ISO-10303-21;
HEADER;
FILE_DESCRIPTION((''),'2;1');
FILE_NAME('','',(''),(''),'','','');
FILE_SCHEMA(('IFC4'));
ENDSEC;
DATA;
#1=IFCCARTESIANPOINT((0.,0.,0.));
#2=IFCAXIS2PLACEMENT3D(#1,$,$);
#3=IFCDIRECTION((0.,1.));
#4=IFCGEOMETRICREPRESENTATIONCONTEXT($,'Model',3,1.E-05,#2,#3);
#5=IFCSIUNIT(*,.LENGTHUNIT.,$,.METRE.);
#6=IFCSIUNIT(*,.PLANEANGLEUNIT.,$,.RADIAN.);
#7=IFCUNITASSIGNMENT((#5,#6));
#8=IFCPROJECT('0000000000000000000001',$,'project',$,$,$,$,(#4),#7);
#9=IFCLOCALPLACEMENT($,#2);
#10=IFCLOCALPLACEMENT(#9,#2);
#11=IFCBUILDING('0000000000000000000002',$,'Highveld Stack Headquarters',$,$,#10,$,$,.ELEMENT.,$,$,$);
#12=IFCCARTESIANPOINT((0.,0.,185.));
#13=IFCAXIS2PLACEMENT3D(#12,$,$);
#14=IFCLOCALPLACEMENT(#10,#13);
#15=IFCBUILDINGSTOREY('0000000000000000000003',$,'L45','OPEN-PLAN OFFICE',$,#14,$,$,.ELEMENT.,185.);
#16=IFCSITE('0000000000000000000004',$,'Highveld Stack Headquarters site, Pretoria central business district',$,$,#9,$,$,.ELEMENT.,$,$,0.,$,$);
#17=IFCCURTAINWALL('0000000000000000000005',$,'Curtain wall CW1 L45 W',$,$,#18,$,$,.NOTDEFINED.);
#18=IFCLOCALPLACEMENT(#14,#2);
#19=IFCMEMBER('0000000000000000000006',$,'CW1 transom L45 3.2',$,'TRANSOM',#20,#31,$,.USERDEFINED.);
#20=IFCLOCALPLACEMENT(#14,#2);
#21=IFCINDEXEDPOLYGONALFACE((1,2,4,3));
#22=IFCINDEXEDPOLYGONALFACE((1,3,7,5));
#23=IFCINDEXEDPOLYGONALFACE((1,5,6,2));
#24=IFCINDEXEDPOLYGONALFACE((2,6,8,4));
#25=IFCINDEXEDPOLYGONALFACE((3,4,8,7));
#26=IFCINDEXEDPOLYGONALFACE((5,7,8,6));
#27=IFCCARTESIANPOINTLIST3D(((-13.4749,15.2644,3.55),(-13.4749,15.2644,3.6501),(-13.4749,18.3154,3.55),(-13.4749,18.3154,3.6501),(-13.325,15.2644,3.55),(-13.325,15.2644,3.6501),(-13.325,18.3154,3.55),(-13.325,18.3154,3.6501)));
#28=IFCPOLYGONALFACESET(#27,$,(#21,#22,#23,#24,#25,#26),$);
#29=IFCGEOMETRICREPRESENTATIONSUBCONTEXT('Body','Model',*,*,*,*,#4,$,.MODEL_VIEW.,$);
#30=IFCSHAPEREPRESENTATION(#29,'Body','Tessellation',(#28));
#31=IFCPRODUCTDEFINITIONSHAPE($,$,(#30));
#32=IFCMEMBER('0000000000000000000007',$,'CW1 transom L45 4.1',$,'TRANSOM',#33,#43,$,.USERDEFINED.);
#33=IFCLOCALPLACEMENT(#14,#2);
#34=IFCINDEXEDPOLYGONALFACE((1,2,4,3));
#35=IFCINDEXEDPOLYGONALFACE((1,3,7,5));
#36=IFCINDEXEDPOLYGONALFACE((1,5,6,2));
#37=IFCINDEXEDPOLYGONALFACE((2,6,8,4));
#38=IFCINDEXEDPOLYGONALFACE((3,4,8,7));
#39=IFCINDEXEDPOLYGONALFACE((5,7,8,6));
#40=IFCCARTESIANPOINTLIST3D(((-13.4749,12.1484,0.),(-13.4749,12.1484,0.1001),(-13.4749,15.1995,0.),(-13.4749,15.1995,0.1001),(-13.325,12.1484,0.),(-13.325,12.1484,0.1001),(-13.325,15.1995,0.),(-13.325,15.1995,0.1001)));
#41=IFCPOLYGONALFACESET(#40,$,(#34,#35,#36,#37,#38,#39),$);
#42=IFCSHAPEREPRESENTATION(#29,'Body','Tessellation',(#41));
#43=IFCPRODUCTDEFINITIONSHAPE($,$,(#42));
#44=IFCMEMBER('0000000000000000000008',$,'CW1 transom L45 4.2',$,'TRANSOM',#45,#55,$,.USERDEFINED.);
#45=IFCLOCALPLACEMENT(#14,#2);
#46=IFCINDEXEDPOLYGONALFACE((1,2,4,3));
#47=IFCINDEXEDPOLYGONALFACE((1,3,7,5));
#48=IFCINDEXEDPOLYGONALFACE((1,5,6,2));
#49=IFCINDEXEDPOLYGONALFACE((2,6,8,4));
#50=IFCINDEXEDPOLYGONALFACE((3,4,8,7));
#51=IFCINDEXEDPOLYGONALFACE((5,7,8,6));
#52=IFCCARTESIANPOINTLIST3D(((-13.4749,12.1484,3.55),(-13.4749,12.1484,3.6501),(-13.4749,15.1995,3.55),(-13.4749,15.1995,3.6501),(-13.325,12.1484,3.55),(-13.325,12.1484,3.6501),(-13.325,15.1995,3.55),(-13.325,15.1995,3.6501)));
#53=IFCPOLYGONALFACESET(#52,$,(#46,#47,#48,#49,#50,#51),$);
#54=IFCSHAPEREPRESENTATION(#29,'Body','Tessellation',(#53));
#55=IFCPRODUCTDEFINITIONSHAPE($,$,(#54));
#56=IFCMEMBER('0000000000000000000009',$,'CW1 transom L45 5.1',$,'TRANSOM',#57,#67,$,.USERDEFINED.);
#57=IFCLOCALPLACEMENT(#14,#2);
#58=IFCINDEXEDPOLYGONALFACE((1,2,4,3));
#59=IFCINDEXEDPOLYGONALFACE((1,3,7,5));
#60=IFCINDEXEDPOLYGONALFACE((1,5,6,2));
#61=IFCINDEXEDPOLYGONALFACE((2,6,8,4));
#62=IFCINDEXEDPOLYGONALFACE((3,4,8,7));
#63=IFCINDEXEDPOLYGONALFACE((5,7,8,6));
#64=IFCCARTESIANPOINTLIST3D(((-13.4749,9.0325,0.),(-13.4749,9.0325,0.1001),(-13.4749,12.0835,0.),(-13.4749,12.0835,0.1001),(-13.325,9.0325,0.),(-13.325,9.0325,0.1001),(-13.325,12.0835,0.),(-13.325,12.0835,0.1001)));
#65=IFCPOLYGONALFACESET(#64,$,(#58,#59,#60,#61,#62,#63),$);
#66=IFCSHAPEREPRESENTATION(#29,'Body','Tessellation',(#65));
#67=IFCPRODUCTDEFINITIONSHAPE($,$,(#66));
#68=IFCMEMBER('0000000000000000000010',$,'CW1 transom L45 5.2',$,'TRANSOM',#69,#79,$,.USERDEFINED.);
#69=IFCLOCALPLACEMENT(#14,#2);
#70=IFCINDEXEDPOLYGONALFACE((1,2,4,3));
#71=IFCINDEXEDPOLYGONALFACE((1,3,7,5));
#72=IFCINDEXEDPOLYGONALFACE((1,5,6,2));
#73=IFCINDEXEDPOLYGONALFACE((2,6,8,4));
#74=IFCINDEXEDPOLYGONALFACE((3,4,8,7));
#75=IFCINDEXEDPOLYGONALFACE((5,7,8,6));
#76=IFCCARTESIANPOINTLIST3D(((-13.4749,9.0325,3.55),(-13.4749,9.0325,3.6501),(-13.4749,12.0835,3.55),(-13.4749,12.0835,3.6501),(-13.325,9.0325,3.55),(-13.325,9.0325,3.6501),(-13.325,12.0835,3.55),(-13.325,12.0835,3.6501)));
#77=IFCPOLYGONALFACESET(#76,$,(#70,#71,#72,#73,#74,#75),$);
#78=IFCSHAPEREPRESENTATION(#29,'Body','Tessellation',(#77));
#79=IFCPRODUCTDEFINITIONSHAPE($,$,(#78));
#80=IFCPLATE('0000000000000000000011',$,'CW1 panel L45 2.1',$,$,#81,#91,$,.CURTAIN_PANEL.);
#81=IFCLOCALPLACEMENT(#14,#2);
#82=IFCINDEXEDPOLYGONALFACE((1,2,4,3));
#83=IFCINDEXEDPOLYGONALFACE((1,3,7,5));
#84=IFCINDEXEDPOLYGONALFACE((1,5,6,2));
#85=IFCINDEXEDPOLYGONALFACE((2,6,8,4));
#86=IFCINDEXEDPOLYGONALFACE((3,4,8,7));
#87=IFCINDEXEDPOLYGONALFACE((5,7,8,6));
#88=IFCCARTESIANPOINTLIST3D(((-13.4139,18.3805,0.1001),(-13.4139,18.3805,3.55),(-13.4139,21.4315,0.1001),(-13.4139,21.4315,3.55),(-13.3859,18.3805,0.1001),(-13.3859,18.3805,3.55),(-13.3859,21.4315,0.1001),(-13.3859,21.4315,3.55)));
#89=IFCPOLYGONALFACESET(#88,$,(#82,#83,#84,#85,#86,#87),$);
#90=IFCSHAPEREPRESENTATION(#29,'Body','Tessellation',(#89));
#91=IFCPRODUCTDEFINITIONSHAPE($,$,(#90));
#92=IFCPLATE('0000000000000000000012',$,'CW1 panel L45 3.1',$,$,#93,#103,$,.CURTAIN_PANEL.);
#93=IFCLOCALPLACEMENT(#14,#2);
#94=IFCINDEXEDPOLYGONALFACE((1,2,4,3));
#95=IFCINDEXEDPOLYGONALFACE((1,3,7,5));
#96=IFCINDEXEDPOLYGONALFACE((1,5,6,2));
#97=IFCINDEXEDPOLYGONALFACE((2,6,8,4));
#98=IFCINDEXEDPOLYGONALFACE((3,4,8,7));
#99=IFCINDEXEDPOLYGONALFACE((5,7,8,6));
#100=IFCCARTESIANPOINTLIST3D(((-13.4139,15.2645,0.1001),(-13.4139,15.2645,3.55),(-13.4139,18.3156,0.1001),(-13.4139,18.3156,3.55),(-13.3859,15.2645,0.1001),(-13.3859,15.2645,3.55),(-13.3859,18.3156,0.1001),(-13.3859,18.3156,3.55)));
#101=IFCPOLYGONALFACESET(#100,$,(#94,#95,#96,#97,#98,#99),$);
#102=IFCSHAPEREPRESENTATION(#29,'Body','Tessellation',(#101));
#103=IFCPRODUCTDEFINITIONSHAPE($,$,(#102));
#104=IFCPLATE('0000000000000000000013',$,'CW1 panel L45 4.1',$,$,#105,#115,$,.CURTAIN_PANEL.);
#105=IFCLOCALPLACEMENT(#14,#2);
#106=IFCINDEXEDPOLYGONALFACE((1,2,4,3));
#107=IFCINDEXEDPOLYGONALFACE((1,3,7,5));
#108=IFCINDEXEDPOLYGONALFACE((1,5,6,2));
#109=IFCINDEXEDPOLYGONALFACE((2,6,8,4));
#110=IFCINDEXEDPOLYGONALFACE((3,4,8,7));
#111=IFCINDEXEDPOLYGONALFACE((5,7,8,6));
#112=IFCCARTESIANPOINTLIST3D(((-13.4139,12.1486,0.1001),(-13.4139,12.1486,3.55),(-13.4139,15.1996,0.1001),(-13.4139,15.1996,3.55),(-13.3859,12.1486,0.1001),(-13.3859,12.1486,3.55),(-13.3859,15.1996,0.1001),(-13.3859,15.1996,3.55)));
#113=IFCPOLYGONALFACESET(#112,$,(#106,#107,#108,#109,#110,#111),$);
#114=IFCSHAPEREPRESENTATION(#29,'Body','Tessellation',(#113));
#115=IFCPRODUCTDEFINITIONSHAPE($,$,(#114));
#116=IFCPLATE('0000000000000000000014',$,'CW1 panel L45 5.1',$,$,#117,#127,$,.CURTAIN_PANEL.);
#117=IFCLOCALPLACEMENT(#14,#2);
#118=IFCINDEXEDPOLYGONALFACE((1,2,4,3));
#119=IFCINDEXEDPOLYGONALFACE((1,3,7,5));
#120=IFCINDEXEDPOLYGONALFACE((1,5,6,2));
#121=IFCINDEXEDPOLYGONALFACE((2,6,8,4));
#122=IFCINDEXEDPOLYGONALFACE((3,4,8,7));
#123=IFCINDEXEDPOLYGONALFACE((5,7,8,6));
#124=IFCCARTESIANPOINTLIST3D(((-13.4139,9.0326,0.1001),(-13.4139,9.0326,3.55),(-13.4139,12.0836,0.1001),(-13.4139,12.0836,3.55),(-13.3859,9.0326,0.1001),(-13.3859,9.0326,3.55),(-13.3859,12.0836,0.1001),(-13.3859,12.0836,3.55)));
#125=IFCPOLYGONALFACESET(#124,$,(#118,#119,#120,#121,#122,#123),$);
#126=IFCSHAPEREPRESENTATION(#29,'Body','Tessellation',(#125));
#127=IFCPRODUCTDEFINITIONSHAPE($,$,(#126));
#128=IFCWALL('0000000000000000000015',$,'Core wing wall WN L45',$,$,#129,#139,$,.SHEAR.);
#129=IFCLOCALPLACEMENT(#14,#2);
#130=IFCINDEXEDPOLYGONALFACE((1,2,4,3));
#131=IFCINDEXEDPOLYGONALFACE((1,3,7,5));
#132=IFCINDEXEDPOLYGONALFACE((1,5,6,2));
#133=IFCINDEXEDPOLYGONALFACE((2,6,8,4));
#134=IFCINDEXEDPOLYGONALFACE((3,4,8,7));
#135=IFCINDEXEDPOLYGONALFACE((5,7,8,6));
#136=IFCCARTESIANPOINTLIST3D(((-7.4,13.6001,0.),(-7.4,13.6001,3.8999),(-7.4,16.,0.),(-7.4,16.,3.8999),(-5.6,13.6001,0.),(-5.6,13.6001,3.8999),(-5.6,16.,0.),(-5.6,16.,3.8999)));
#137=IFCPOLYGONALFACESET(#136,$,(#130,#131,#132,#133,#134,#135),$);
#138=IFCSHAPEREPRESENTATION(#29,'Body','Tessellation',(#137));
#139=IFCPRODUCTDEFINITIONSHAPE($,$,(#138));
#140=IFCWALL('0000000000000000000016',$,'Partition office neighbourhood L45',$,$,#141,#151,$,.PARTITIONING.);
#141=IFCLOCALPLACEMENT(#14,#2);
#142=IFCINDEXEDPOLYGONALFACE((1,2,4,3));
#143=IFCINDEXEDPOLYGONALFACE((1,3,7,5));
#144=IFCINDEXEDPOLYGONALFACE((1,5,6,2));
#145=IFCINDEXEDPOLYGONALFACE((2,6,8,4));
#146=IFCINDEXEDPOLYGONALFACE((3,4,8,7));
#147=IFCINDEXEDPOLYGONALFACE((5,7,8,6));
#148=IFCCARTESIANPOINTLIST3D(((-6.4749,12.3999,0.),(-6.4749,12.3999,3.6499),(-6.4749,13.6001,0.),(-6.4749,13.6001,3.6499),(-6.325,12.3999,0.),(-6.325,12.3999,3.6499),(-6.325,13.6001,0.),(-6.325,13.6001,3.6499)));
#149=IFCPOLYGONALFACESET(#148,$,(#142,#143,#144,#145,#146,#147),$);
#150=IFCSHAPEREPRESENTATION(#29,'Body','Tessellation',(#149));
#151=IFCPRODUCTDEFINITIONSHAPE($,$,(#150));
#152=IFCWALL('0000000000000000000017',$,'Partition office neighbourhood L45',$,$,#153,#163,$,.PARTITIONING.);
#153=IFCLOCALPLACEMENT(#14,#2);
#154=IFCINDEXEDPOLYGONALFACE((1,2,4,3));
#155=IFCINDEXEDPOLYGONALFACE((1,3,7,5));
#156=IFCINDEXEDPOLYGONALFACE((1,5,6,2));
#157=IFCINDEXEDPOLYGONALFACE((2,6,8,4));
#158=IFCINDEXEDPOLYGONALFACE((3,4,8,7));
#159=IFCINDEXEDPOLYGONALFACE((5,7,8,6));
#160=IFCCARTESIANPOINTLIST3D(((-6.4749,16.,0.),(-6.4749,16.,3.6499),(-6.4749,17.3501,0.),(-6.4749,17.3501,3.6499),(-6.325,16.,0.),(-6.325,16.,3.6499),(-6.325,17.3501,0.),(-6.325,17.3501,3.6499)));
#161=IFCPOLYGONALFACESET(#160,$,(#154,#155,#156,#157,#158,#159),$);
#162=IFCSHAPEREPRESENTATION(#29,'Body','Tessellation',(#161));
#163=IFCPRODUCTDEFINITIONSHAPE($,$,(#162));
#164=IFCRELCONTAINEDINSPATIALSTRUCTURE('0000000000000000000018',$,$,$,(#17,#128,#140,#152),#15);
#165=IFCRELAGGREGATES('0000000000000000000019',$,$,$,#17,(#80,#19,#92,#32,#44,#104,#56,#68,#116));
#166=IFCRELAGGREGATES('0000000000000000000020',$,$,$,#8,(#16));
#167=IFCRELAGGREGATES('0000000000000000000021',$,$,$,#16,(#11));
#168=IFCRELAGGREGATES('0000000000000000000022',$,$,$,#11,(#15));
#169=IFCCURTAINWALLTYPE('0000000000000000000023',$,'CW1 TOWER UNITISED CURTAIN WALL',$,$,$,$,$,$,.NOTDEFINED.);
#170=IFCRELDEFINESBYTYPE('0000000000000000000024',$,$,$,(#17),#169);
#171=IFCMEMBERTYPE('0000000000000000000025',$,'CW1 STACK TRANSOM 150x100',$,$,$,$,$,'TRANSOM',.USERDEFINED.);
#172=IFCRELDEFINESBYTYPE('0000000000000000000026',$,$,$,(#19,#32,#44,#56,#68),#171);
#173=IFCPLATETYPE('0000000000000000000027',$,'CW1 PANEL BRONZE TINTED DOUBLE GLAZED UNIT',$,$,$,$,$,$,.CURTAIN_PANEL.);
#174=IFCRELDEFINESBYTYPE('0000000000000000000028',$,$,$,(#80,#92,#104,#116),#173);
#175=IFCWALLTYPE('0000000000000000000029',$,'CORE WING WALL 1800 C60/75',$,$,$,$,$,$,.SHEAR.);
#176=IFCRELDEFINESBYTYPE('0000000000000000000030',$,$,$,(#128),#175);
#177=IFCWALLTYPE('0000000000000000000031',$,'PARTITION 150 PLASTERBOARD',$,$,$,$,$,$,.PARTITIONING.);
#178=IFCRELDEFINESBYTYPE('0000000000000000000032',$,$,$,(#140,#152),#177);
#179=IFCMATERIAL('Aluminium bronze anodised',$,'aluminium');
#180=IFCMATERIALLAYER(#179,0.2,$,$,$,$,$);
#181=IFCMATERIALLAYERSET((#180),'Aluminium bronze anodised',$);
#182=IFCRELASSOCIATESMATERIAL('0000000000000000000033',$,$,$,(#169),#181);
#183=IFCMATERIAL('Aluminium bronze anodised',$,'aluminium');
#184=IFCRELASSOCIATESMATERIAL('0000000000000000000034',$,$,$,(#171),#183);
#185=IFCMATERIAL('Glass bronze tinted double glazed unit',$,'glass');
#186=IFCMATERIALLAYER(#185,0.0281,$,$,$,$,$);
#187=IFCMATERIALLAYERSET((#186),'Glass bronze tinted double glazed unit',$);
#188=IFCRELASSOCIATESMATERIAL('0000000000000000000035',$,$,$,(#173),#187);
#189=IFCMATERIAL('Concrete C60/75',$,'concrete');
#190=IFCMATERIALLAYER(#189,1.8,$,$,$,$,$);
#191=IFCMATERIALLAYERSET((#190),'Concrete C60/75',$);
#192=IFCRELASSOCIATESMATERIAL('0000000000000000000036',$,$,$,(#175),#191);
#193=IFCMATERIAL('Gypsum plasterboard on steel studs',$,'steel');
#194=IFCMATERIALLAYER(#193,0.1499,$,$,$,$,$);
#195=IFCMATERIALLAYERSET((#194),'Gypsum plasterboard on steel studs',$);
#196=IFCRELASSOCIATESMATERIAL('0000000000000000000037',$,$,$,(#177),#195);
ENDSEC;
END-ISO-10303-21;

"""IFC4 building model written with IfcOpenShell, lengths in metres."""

from ifc_helpers import new_model, si_unit, direction, frame, frame_2d, origin, origin_2d, place, context, subcontext, project, spatial, rectangle, extrude, material, layer, layer_set, material_profile, profile_set, type_object, element, aggregate, save


model = new_model("IFC4")

# Units and contexts
model_context = context("Model", 3, precision=1e-05, world=origin(), true_north=direction((0.0, 1.0)))
body_context = subcontext(model_context, "Body", "Model", "MODEL_VIEW")
ifc_project = project(units=[si_unit("LENGTHUNIT", "METRE"), si_unit("PLANEANGLEUNIT", "RADIAN")], contexts=[model_context])

# Site, building, storey
site_placement = place(None, origin())
site = spatial("IfcSite", under=ifc_project, at=site_placement, Name="Highveld Stack Headquarters site, Pretoria central business district", CompositionType="ELEMENT", RefElevation=0.0)
building_placement = place(site_placement, origin())
building = spatial("IfcBuilding", under=site, at=building_placement, Name="Highveld Stack Headquarters", CompositionType="ELEMENT")
storey_placement = place(building_placement, frame((0.0, 0.0, 185.0)))
storey = spatial("IfcBuildingStorey", under=building, at=storey_placement, Name="L45", Description="OPEN-PLAN OFFICE", CompositionType="ELEMENT", Elevation=185.0)

# Curtain wall, members, plates
ifc_material_1 = material(Name="Aluminium bronze anodised", Category="aluminium")
ifc_layer_1 = layer(ifc_material_1, 0.2)
ifc_layer_set_1 = layer_set([ifc_layer_1], Name="Aluminium bronze anodised")
curtain_wall_type = type_object("IfcCurtainWallType", Name="CW1 TOWER UNITISED CURTAIN WALL", PredefinedType="NOTDEFINED", material=ifc_layer_set_1)
curtain_wall_placement = place(storey_placement, origin())
curtain_wall = element("IfcCurtainWall", 1, at=curtain_wall_placement, inside=storey, type_object=curtain_wall_type, Name="Curtain wall CW1 L45 W", PredefinedType="NOTDEFINED")
ifc_material_2 = material(Name="Aluminium bronze anodised", Category="aluminium")
ifc_material_profile_1 = material_profile(ifc_material_2, rectangle(XDim=0.1499, YDim=0.1001, at=origin_2d()), Name="CW1 TRANSOM 150x100")
ifc_profile_set_1 = profile_set([ifc_material_profile_1], Name="Aluminium bronze anodised")
member_type_1 = type_object("IfcMemberType", Name="CW1 STACK TRANSOM 150x100", ElementType="TRANSOM", PredefinedType="USERDEFINED", material=ifc_profile_set_1)
member_1_placement = place(storey_placement, frame((-13.3999, 18.3154, 3.6001), z_axis=(0.0, -1.0, 0.0), x_axis=(1.0, 0.0, 0.0)))
member_1 = element("IfcMember", 2, at=member_1_placement, type_object=member_type_1, Name="CW1 transom L45 3.2", ObjectType="TRANSOM", PredefinedType="USERDEFINED", context=body_context, shape_type="SweptSolid", body=[
    extrude(rectangle(XDim=0.1499, YDim=0.1001, at=origin_2d()), origin(), (0.0, 0.0, 1.0), 3.051),
])
member_2_placement = place(storey_placement, frame((-13.3999, 15.1995, 0.05), z_axis=(0.0, -1.0, 0.0), x_axis=(1.0, 0.0, 0.0)))
member_2 = element("IfcMember", 3, at=member_2_placement, type_object=member_type_1, Name="CW1 transom L45 4.1", ObjectType="TRANSOM", PredefinedType="USERDEFINED", context=body_context, shape_type="SweptSolid", body=[
    extrude(rectangle(XDim=0.1499, YDim=0.1001, at=origin_2d()), origin(), (0.0, 0.0, 1.0), 3.051),
])
member_3_placement = place(storey_placement, frame((-13.3999, 15.1995, 3.6001), z_axis=(0.0, -1.0, 0.0), x_axis=(1.0, 0.0, 0.0)))
member_3 = element("IfcMember", 4, at=member_3_placement, type_object=member_type_1, Name="CW1 transom L45 4.2", ObjectType="TRANSOM", PredefinedType="USERDEFINED", context=body_context, shape_type="SweptSolid", body=[
    extrude(rectangle(XDim=0.1499, YDim=0.1001, at=origin_2d()), origin(), (0.0, 0.0, 1.0), 3.051),
])
member_4_placement = place(storey_placement, frame((-13.3999, 12.0835, 0.05), z_axis=(0.0, -1.0, 0.0), x_axis=(1.0, 0.0, 0.0)))
member_4 = element("IfcMember", 5, at=member_4_placement, type_object=member_type_1, Name="CW1 transom L45 5.1", ObjectType="TRANSOM", PredefinedType="USERDEFINED", context=body_context, shape_type="SweptSolid", body=[
    extrude(rectangle(XDim=0.1499, YDim=0.1001, at=origin_2d()), origin(), (0.0, 0.0, 1.0), 3.051),
])
member_5_placement = place(storey_placement, frame((-13.3999, 12.0835, 3.6001), z_axis=(0.0, -1.0, 0.0), x_axis=(1.0, 0.0, 0.0)))
member_5 = element("IfcMember", 6, at=member_5_placement, type_object=member_type_1, Name="CW1 transom L45 5.2", ObjectType="TRANSOM", PredefinedType="USERDEFINED", context=body_context, shape_type="SweptSolid", body=[
    extrude(rectangle(XDim=0.1499, YDim=0.1001, at=origin_2d()), origin(), (0.0, 0.0, 1.0), 3.051),
])
ifc_material_3 = material(Name="Glass bronze tinted double glazed unit", Category="glass")
ifc_layer_2 = layer(ifc_material_3, 0.0281)
ifc_layer_set_2 = layer_set([ifc_layer_2], Name="Glass bronze tinted double glazed unit")
plate_type = type_object("IfcPlateType", Name="CW1 PANEL BRONZE TINTED DOUBLE GLAZED UNIT", PredefinedType="CURTAIN_PANEL", material=ifc_layer_set_2)
plate_1_placement = place(storey_placement, frame((-13.3999, 19.906, 0.1001), z_axis=(0.0, 0.0, 1.0), x_axis=(0.0, -1.0, 0.0)))
plate_1 = element("IfcPlate", 7, at=plate_1_placement, type_object=plate_type, Name="CW1 panel L45 2.1", PredefinedType="CURTAIN_PANEL", context=body_context, shape_type="SweptSolid", body=[
    extrude(rectangle(XDim=3.051, YDim=0.0281, at=origin_2d()), origin(), (0.0, 0.0, 1.0), 3.45),
])
plate_2_placement = place(storey_placement, frame((-13.3999, 16.79, 0.1001), z_axis=(0.0, 0.0, 1.0), x_axis=(0.0, -1.0, 0.0)))
plate_2 = element("IfcPlate", 8, at=plate_2_placement, type_object=plate_type, Name="CW1 panel L45 3.1", PredefinedType="CURTAIN_PANEL", context=body_context, shape_type="SweptSolid", body=[
    extrude(rectangle(XDim=3.051, YDim=0.0281, at=origin_2d()), origin(), (0.0, 0.0, 1.0), 3.45),
])
plate_3_placement = place(storey_placement, frame((-13.3999, 13.6741, 0.1001), z_axis=(0.0, 0.0, 1.0), x_axis=(0.0, -1.0, 0.0)))
plate_3 = element("IfcPlate", 9, at=plate_3_placement, type_object=plate_type, Name="CW1 panel L45 4.1", PredefinedType="CURTAIN_PANEL", context=body_context, shape_type="SweptSolid", body=[
    extrude(rectangle(XDim=3.051, YDim=0.0281, at=origin_2d()), origin(), (0.0, 0.0, 1.0), 3.45),
])
plate_4_placement = place(storey_placement, frame((-13.3999, 10.5581, 0.1001), z_axis=(0.0, 0.0, 1.0), x_axis=(0.0, -1.0, 0.0)))
plate_4 = element("IfcPlate", 10, at=plate_4_placement, type_object=plate_type, Name="CW1 panel L45 5.1", PredefinedType="CURTAIN_PANEL", context=body_context, shape_type="SweptSolid", body=[
    extrude(rectangle(XDim=3.051, YDim=0.0281, at=origin_2d()), origin(), (0.0, 0.0, 1.0), 3.45),
])
aggregate(curtain_wall, [plate_1, member_1, plate_2, member_2, member_3, plate_3, member_4, member_5, plate_4])

# Walls
ifc_material_4 = material(Name="Concrete C60/75", Category="concrete")
ifc_layer_3 = layer(ifc_material_4, 1.8)
ifc_layer_set_3 = layer_set([ifc_layer_3], Name="Concrete C60/75")
wall_type_1 = type_object("IfcWallType", Name="CORE WING WALL 1800 C60/75", PredefinedType="SHEAR", material=ifc_layer_set_3)
wall_1_placement = place(storey_placement, frame((-6.5, 13.6001, 0.0), z_axis=(0.0, 0.0, 1.0), x_axis=(0.0, 1.0, 0.0)))
element("IfcWall", 11, at=wall_1_placement, inside=storey, type_object=wall_type_1, Name="Core wing wall WN L45", PredefinedType="SHEAR", context=body_context, shape_type="SweptSolid", body=[
    extrude(rectangle(XDim=2.3999, YDim=1.8, at=frame_2d((1.2, 0.0))), origin(), (0.0, 0.0, 1.0), 3.8999),
])
ifc_material_5 = material(Name="Gypsum plasterboard on steel studs", Category="steel")
ifc_layer_4 = layer(ifc_material_5, 0.1499)
ifc_layer_set_4 = layer_set([ifc_layer_4], Name="Gypsum plasterboard on steel studs")
wall_type_2 = type_object("IfcWallType", Name="PARTITION 150 PLASTERBOARD", PredefinedType="PARTITIONING", material=ifc_layer_set_4)
wall_2_placement = place(storey_placement, frame((-6.3999, 12.3999, 0.0), z_axis=(0.0, 0.0, 1.0), x_axis=(0.0, 1.0, 0.0)))
element("IfcWall", 12, at=wall_2_placement, inside=storey, type_object=wall_type_2, Name="Partition office neighbourhood L45", PredefinedType="PARTITIONING", context=body_context, shape_type="SweptSolid", body=[
    extrude(rectangle(XDim=1.2002, YDim=0.1499, at=frame_2d((0.6001, 0.0))), origin(), (0.0, 0.0, 1.0), 3.6499),
])
wall_3_placement = place(storey_placement, frame((-6.3999, 16.0, 0.0), z_axis=(0.0, 0.0, 1.0), x_axis=(0.0, 1.0, 0.0)))
element("IfcWall", 13, at=wall_3_placement, inside=storey, type_object=wall_type_2, Name="Partition office neighbourhood L45", PredefinedType="PARTITIONING", context=body_context, shape_type="SweptSolid", body=[
    extrude(rectangle(XDim=1.3501, YDim=0.1499, at=frame_2d((0.675, 0.0))), origin(), (0.0, 0.0, 1.0), 3.6499),
])

save(model, "model.ifc")
